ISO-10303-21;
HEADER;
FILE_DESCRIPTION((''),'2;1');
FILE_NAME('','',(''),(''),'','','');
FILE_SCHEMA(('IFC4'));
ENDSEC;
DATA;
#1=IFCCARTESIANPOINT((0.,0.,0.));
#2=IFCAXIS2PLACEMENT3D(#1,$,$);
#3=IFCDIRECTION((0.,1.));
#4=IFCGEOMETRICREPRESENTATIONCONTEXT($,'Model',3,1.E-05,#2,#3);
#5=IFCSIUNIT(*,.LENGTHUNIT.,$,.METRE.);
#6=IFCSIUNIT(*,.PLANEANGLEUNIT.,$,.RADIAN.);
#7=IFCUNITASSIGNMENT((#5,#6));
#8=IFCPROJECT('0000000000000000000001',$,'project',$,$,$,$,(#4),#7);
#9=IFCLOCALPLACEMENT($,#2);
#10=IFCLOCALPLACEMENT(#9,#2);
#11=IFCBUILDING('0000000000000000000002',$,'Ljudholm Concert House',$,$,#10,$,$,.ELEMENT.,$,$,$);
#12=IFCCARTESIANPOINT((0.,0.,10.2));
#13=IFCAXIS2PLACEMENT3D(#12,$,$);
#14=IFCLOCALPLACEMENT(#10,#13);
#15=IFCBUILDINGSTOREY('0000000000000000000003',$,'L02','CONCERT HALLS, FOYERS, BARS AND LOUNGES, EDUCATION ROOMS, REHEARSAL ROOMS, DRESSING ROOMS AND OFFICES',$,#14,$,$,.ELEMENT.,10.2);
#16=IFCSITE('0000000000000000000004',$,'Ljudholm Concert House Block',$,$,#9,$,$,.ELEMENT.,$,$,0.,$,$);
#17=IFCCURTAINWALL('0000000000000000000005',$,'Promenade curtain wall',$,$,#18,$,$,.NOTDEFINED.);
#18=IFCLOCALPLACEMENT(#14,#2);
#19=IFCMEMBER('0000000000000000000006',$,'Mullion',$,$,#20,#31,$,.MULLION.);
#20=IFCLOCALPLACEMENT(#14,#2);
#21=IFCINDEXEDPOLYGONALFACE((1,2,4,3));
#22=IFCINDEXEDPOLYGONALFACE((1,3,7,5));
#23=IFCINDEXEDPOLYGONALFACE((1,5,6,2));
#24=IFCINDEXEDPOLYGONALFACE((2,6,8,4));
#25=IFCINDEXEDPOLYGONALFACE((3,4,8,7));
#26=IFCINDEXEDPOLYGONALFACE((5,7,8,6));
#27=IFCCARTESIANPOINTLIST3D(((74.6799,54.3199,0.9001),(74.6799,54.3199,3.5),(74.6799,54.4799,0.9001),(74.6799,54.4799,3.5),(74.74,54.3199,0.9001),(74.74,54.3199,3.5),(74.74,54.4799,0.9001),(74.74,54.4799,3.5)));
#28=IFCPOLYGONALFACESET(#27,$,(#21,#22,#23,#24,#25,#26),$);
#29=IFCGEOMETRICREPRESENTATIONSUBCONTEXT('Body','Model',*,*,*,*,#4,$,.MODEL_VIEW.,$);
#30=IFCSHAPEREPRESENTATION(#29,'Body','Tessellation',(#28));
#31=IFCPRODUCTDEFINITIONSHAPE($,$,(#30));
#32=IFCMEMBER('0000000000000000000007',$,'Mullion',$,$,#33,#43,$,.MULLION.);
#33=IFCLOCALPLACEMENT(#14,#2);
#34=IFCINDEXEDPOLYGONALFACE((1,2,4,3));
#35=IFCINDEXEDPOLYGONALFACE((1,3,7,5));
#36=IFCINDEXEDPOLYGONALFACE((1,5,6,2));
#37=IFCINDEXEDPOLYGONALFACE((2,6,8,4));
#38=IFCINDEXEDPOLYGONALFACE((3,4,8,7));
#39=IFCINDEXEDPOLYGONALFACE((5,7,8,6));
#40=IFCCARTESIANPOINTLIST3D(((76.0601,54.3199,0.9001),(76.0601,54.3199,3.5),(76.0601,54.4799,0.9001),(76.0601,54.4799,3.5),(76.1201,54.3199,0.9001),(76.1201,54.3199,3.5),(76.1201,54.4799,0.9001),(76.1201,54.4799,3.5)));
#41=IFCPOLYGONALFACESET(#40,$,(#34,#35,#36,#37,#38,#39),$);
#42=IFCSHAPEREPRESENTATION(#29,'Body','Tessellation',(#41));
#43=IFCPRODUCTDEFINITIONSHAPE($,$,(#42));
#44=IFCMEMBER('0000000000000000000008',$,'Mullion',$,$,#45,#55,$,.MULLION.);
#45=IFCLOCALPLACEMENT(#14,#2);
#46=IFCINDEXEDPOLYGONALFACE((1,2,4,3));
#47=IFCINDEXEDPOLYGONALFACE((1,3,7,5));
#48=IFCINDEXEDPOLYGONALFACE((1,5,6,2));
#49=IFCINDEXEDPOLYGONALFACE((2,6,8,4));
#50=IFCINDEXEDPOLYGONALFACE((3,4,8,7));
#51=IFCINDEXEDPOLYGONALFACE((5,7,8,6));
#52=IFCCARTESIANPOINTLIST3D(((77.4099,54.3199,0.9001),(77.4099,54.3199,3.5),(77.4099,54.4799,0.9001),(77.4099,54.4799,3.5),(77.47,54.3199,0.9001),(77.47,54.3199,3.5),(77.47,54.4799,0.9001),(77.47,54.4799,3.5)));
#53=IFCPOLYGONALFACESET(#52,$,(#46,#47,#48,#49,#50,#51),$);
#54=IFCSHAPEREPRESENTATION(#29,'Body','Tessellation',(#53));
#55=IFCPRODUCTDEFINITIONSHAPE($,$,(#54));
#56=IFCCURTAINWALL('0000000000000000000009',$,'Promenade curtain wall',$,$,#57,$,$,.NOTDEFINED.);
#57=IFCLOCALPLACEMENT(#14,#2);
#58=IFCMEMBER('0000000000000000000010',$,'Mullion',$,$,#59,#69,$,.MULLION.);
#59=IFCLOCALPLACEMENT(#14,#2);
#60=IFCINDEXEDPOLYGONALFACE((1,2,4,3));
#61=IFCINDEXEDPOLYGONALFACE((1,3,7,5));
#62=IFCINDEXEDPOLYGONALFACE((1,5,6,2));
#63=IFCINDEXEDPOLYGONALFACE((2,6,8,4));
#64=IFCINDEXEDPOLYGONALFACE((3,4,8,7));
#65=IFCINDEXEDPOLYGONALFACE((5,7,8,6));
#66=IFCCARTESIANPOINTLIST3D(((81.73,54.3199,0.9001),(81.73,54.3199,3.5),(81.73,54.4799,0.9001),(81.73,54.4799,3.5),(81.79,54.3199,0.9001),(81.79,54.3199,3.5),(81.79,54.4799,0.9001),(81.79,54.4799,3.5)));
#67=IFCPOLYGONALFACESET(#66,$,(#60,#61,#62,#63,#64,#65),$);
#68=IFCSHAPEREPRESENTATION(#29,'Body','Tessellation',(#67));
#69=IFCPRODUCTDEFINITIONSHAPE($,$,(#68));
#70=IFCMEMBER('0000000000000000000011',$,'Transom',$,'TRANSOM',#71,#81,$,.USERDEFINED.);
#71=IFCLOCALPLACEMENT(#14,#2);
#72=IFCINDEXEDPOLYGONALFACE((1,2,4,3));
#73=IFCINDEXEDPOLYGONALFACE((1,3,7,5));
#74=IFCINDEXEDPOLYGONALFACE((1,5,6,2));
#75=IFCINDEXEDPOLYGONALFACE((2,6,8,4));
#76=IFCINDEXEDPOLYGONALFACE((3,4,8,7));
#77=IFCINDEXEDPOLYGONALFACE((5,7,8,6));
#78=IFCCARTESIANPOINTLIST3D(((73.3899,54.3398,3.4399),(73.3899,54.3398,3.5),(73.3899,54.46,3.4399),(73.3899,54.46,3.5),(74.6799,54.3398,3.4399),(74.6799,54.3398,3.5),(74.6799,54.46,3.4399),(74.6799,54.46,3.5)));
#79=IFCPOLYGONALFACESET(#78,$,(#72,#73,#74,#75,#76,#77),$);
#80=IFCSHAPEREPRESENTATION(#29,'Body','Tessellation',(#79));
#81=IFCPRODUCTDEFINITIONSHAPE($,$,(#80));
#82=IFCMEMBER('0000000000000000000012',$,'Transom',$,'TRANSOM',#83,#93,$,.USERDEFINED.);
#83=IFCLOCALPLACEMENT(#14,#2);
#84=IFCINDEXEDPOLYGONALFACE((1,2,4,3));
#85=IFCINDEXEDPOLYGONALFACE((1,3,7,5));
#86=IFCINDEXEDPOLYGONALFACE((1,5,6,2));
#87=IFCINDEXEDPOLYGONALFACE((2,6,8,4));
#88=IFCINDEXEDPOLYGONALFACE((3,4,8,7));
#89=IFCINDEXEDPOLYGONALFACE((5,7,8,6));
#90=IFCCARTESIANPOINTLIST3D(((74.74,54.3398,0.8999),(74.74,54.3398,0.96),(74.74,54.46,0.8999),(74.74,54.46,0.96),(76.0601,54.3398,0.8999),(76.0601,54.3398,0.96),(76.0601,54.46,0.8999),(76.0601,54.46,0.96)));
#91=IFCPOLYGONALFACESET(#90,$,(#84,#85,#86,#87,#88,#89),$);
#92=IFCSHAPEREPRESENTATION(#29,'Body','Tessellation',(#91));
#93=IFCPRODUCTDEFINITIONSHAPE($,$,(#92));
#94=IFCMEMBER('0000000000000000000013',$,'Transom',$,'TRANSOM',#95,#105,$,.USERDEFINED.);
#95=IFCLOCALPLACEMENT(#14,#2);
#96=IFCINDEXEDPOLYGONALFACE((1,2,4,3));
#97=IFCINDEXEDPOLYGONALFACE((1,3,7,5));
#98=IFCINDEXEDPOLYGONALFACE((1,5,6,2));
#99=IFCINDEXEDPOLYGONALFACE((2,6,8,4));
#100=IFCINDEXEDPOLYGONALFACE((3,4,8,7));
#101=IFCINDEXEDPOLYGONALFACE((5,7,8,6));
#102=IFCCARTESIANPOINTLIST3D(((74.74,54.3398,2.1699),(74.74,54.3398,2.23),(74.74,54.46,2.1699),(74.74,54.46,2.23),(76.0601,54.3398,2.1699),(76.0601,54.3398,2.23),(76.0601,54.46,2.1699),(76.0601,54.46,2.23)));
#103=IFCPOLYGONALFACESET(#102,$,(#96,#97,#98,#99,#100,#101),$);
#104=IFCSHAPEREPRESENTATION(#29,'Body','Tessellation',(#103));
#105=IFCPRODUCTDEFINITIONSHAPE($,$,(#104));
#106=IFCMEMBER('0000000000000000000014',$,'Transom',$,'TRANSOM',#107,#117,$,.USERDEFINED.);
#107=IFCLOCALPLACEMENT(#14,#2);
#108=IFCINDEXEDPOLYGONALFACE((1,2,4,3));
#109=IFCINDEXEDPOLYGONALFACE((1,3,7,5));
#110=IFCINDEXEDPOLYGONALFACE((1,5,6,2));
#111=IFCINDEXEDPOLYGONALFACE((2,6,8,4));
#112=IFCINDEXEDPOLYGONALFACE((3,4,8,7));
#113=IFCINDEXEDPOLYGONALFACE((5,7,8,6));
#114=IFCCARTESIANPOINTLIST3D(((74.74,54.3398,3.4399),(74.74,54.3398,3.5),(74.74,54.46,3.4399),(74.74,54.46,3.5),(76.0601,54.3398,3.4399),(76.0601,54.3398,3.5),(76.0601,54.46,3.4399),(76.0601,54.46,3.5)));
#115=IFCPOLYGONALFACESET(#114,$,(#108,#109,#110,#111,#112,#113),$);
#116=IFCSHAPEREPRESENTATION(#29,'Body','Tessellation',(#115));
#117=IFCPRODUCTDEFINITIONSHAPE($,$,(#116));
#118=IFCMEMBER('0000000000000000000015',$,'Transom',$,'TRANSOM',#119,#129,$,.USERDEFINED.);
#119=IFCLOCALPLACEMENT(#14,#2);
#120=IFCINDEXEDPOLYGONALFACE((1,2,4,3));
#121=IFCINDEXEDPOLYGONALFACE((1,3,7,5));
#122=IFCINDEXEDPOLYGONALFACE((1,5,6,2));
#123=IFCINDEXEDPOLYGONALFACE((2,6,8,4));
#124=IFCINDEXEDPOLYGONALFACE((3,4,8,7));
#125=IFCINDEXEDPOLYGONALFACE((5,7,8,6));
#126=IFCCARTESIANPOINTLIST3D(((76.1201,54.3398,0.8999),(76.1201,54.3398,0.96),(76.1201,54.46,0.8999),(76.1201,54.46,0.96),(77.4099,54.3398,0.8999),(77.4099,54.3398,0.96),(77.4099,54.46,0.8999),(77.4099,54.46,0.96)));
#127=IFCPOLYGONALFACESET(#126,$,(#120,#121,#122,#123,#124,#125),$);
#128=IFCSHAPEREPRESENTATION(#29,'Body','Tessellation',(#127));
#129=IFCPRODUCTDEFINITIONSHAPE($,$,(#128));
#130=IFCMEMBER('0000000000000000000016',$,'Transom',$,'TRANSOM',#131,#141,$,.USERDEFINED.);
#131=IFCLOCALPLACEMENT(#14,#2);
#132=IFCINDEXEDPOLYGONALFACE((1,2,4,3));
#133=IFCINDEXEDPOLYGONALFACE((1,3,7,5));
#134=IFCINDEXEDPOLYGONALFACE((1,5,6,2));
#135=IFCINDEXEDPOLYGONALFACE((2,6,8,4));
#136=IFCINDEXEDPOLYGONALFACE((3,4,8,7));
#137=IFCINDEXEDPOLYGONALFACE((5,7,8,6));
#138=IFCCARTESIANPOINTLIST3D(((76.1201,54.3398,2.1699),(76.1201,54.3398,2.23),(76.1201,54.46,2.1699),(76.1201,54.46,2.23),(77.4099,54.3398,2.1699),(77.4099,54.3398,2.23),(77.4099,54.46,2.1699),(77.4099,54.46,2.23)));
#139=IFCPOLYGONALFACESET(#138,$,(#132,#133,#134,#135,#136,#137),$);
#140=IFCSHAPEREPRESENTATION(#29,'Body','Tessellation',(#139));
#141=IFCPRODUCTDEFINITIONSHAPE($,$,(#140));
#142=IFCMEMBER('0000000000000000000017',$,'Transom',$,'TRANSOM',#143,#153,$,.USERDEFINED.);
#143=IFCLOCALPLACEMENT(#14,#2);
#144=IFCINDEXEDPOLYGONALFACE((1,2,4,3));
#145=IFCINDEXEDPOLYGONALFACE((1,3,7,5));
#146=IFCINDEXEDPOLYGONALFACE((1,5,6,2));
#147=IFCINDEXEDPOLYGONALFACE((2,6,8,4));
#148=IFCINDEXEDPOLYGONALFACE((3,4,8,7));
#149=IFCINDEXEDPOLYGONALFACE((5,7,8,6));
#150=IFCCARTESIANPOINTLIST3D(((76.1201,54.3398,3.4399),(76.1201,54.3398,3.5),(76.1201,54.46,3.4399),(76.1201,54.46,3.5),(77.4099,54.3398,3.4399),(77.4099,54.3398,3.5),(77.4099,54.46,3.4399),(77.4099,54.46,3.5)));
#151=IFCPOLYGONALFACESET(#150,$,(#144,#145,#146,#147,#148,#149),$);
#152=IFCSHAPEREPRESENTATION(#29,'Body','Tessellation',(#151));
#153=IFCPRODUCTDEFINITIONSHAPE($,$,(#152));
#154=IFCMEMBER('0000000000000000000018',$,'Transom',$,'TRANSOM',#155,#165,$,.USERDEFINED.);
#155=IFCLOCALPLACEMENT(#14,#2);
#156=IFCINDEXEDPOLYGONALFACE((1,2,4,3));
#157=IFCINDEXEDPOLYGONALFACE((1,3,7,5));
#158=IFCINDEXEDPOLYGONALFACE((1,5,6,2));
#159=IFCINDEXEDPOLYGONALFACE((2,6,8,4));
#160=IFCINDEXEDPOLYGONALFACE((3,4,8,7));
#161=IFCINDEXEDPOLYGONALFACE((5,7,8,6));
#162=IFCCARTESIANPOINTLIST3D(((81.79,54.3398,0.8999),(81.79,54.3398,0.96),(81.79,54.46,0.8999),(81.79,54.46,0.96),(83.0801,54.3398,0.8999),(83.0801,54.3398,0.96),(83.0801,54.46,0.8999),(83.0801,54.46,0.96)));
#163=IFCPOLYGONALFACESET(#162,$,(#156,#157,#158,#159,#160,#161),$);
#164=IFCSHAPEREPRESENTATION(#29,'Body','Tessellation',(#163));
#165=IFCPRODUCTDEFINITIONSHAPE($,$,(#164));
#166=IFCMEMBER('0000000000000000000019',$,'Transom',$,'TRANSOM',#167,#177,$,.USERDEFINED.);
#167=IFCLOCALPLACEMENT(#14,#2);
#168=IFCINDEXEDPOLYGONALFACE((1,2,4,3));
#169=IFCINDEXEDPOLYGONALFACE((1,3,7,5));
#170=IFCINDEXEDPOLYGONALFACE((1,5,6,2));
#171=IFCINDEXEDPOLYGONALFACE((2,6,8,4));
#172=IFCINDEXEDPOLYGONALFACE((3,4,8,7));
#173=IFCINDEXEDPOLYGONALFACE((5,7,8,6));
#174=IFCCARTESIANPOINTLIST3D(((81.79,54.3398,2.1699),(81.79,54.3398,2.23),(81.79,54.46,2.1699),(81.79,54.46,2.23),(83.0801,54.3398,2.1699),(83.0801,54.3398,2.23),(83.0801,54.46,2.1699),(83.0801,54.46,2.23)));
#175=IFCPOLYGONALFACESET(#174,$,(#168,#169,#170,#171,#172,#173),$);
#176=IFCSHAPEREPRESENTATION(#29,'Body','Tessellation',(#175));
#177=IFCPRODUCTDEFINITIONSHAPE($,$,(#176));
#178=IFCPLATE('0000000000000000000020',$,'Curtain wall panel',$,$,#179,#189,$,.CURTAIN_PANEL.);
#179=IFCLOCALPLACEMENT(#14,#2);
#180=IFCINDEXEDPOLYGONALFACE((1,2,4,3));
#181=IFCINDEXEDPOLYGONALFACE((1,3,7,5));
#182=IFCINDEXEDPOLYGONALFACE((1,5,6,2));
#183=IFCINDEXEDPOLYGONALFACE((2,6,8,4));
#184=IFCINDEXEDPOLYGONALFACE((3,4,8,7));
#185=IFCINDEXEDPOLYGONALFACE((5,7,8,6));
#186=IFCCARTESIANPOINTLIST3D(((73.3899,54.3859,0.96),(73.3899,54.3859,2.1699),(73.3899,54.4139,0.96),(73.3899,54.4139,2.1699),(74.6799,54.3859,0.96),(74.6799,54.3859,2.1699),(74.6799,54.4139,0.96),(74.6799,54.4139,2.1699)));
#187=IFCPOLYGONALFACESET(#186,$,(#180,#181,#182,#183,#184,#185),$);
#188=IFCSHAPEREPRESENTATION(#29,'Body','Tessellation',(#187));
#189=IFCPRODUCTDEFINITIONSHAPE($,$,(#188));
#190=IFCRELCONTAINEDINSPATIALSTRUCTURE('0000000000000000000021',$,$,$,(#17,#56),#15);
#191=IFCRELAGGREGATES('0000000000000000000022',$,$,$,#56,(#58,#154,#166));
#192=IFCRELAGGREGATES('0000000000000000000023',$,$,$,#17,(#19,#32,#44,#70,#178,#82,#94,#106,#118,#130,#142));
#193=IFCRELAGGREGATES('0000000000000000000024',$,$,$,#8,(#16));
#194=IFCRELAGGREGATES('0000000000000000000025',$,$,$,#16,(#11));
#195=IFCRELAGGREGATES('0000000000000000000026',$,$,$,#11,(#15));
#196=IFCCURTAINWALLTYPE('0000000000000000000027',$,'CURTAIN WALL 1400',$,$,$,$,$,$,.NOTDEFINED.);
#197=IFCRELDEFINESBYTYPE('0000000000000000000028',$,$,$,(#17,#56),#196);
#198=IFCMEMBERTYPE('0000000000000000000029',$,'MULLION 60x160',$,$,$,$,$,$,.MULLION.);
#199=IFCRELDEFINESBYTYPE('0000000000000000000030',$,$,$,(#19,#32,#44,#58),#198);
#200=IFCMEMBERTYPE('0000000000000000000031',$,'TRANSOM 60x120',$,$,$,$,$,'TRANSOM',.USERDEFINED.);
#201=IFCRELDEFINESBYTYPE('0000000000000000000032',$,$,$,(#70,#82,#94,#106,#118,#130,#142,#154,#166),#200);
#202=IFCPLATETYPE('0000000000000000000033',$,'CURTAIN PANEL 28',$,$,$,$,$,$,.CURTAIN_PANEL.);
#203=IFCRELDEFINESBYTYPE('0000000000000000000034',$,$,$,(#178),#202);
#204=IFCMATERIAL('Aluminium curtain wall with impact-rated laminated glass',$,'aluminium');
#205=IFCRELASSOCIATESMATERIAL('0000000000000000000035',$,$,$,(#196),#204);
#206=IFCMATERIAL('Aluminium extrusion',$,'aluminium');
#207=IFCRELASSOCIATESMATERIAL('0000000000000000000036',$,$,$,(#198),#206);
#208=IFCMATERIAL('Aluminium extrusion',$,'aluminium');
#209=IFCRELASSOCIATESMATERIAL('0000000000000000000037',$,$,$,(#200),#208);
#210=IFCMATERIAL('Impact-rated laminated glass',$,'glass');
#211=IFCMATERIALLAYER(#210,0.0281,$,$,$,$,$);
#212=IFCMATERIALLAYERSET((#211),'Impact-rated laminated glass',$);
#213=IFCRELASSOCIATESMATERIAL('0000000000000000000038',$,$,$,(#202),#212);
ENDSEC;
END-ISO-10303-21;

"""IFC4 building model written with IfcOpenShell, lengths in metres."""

from ifc_helpers import new_model, si_unit, direction, frame, origin, origin_2d, place, context, subcontext, project, spatial, rectangle, extrude, material, layer, layer_set, material_profile, profile_set, type_object, element, aggregate, save


model = new_model("IFC4")

# Units and contexts
model_context = context("Model", 3, precision=1e-05, world=origin(), true_north=direction((0.0, 1.0)))
body_context = subcontext(model_context, "Body", "Model", "MODEL_VIEW")
ifc_project = project(units=[si_unit("LENGTHUNIT", "METRE"), si_unit("PLANEANGLEUNIT", "RADIAN")], contexts=[model_context])

# Site, building, storey
site_placement = place(None, origin())
site = spatial("IfcSite", under=ifc_project, at=site_placement, Name="Ljudholm Concert House Block", CompositionType="ELEMENT", RefElevation=0.0)
building_placement = place(site_placement, origin())
building = spatial("IfcBuilding", under=site, at=building_placement, Name="Ljudholm Concert House", CompositionType="ELEMENT")
storey_placement = place(building_placement, frame((0.0, 0.0, 10.2)))
storey = spatial("IfcBuildingStorey", under=building, at=storey_placement, Name="L02", Description="CONCERT HALLS, FOYERS, BARS AND LOUNGES, EDUCATION ROOMS, REHEARSAL ROOMS, DRESSING ROOMS AND OFFICES", CompositionType="ELEMENT", Elevation=10.2)

# Curtain wall, members
ifc_material_1 = material(Name="Aluminium curtain wall with impact-rated laminated glass", Category="aluminium")
curtain_wall_type = type_object("IfcCurtainWallType", Name="CURTAIN WALL 1400", PredefinedType="NOTDEFINED", material=ifc_material_1)
curtain_wall_1_placement = place(storey_placement, origin())
curtain_wall_1 = element("IfcCurtainWall", 1, at=curtain_wall_1_placement, inside=storey, type_object=curtain_wall_type, Name="Promenade curtain wall", PredefinedType="NOTDEFINED")
ifc_material_2 = material(Name="Aluminium extrusion", Category="aluminium")
ifc_material_profile_1 = material_profile(ifc_material_2, rectangle(XDim=0.1599, YDim=0.0601, at=origin_2d()), Name="MULLION 60x160")
ifc_profile_set_1 = profile_set([ifc_material_profile_1], Name="Aluminium extrusion")
member_type_1 = type_object("IfcMemberType", Name="MULLION 60x160", PredefinedType="MULLION", material=ifc_profile_set_1)
member_1_placement = place(storey_placement, frame((74.71, 54.3999, 0.9001), z_axis=(0.0, 0.0, 1.0), x_axis=(0.0, 1.0, 0.0)))
member_1 = element("IfcMember", 2, at=member_1_placement, type_object=member_type_1, Name="Mullion", PredefinedType="MULLION", context=body_context, shape_type="SweptSolid", body=[
    extrude(rectangle(XDim=0.1599, YDim=0.0601, at=origin_2d()), origin(), (0.0, 0.0, 1.0), 2.5999),
])
member_2_placement = place(storey_placement, frame((76.0901, 54.3999, 0.9001), z_axis=(0.0, 0.0, 1.0), x_axis=(0.0, 1.0, 0.0)))
member_2 = element("IfcMember", 3, at=member_2_placement, type_object=member_type_1, Name="Mullion", PredefinedType="MULLION", context=body_context, shape_type="SweptSolid", body=[
    extrude(rectangle(XDim=0.1599, YDim=0.0601, at=origin_2d()), origin(), (0.0, 0.0, 1.0), 2.5999),
])
member_3_placement = place(storey_placement, frame((77.4399, 54.3999, 0.9001), z_axis=(0.0, 0.0, 1.0), x_axis=(0.0, 1.0, 0.0)))
member_3 = element("IfcMember", 4, at=member_3_placement, type_object=member_type_1, Name="Mullion", PredefinedType="MULLION", context=body_context, shape_type="SweptSolid", body=[
    extrude(rectangle(XDim=0.1599, YDim=0.0601, at=origin_2d()), origin(), (0.0, 0.0, 1.0), 2.5999),
])

# Curtain wall, member
curtain_wall_2_placement = place(storey_placement, origin())
curtain_wall_2 = element("IfcCurtainWall", 5, at=curtain_wall_2_placement, inside=storey, type_object=curtain_wall_type, Name="Promenade curtain wall", PredefinedType="NOTDEFINED")
member_4_placement = place(storey_placement, frame((81.76, 54.3999, 0.9001), z_axis=(0.0, 0.0, 1.0), x_axis=(0.0, 1.0, 0.0)))
member_4 = element("IfcMember", 6, at=member_4_placement, type_object=member_type_1, Name="Mullion", PredefinedType="MULLION", context=body_context, shape_type="SweptSolid", body=[
    extrude(rectangle(XDim=0.1599, YDim=0.0601, at=origin_2d()), origin(), (0.0, 0.0, 1.0), 2.5999),
])

# Members
ifc_material_3 = material(Name="Aluminium extrusion", Category="aluminium")
ifc_material_profile_2 = material_profile(ifc_material_3, rectangle(XDim=0.1201, YDim=0.0601, at=origin_2d()), Name="TRANSOM 60x120")
ifc_profile_set_2 = profile_set([ifc_material_profile_2], Name="Aluminium extrusion")
member_type_2 = type_object("IfcMemberType", Name="TRANSOM 60x120", ElementType="TRANSOM", PredefinedType="USERDEFINED", material=ifc_profile_set_2)
member_5_placement = place(storey_placement, frame((73.3899, 54.3999, 3.47), z_axis=(1.0, 0.0, 0.0), x_axis=(0.0, 1.0, 0.0)))
member_5 = element("IfcMember", 7, at=member_5_placement, type_object=member_type_2, Name="Transom", ObjectType="TRANSOM", PredefinedType="USERDEFINED", context=body_context, shape_type="SweptSolid", body=[
    extrude(rectangle(XDim=0.1201, YDim=0.0601, at=origin_2d()), origin(), (0.0, 0.0, 1.0), 1.29),
])
member_6_placement = place(storey_placement, frame((74.74, 54.3999, 0.9299), z_axis=(1.0, 0.0, 0.0), x_axis=(0.0, 1.0, 0.0)))
member_6 = element("IfcMember", 8, at=member_6_placement, type_object=member_type_2, Name="Transom", ObjectType="TRANSOM", PredefinedType="USERDEFINED", context=body_context, shape_type="SweptSolid", body=[
    extrude(rectangle(XDim=0.1201, YDim=0.0601, at=origin_2d()), origin(), (0.0, 0.0, 1.0), 1.3201),
])
member_7_placement = place(storey_placement, frame((74.74, 54.3999, 2.2), z_axis=(1.0, 0.0, 0.0), x_axis=(0.0, 1.0, 0.0)))
member_7 = element("IfcMember", 9, at=member_7_placement, type_object=member_type_2, Name="Transom", ObjectType="TRANSOM", PredefinedType="USERDEFINED", context=body_context, shape_type="SweptSolid", body=[
    extrude(rectangle(XDim=0.1201, YDim=0.0601, at=origin_2d()), origin(), (0.0, 0.0, 1.0), 1.3201),
])
member_8_placement = place(storey_placement, frame((74.74, 54.3999, 3.47), z_axis=(1.0, 0.0, 0.0), x_axis=(0.0, 1.0, 0.0)))
member_8 = element("IfcMember", 10, at=member_8_placement, type_object=member_type_2, Name="Transom", ObjectType="TRANSOM", PredefinedType="USERDEFINED", context=body_context, shape_type="SweptSolid", body=[
    extrude(rectangle(XDim=0.1201, YDim=0.0601, at=origin_2d()), origin(), (0.0, 0.0, 1.0), 1.3201),
])
member_9_placement = place(storey_placement, frame((76.1201, 54.3999, 0.9299), z_axis=(1.0, 0.0, 0.0), x_axis=(0.0, 1.0, 0.0)))
member_9 = element("IfcMember", 11, at=member_9_placement, type_object=member_type_2, Name="Transom", ObjectType="TRANSOM", PredefinedType="USERDEFINED", context=body_context, shape_type="SweptSolid", body=[
    extrude(rectangle(XDim=0.1201, YDim=0.0601, at=origin_2d()), origin(), (0.0, 0.0, 1.0), 1.2898),
])
member_10_placement = place(storey_placement, frame((76.1201, 54.3999, 2.2), z_axis=(1.0, 0.0, 0.0), x_axis=(0.0, 1.0, 0.0)))
member_10 = element("IfcMember", 12, at=member_10_placement, type_object=member_type_2, Name="Transom", ObjectType="TRANSOM", PredefinedType="USERDEFINED", context=body_context, shape_type="SweptSolid", body=[
    extrude(rectangle(XDim=0.1201, YDim=0.0601, at=origin_2d()), origin(), (0.0, 0.0, 1.0), 1.2898),
])
member_11_placement = place(storey_placement, frame((76.1201, 54.3999, 3.47), z_axis=(1.0, 0.0, 0.0), x_axis=(0.0, 1.0, 0.0)))
member_11 = element("IfcMember", 13, at=member_11_placement, type_object=member_type_2, Name="Transom", ObjectType="TRANSOM", PredefinedType="USERDEFINED", context=body_context, shape_type="SweptSolid", body=[
    extrude(rectangle(XDim=0.1201, YDim=0.0601, at=origin_2d()), origin(), (0.0, 0.0, 1.0), 1.2898),
])
member_12_placement = place(storey_placement, frame((81.79, 54.3999, 0.9299), z_axis=(1.0, 0.0, 0.0), x_axis=(0.0, 1.0, 0.0)))
member_12 = element("IfcMember", 14, at=member_12_placement, type_object=member_type_2, Name="Transom", ObjectType="TRANSOM", PredefinedType="USERDEFINED", context=body_context, shape_type="SweptSolid", body=[
    extrude(rectangle(XDim=0.1201, YDim=0.0601, at=origin_2d()), origin(), (0.0, 0.0, 1.0), 1.29),
])
member_13_placement = place(storey_placement, frame((81.79, 54.3999, 2.2), z_axis=(1.0, 0.0, 0.0), x_axis=(0.0, 1.0, 0.0)))
member_13 = element("IfcMember", 15, at=member_13_placement, type_object=member_type_2, Name="Transom", ObjectType="TRANSOM", PredefinedType="USERDEFINED", context=body_context, shape_type="SweptSolid", body=[
    extrude(rectangle(XDim=0.1201, YDim=0.0601, at=origin_2d()), origin(), (0.0, 0.0, 1.0), 1.29),
])
aggregate(curtain_wall_2, [member_4, member_12, member_13])

# Plate
ifc_material_4 = material(Name="Impact-rated laminated glass", Category="glass")
ifc_layer_1 = layer(ifc_material_4, 0.0281)
ifc_layer_set_1 = layer_set([ifc_layer_1], Name="Impact-rated laminated glass")
plate_type = type_object("IfcPlateType", Name="CURTAIN PANEL 28", PredefinedType="CURTAIN_PANEL", material=ifc_layer_set_1)
plate_1_placement = place(storey_placement, frame((74.0349, 54.3999, 0.96), z_axis=(0.0, 0.0, 1.0), x_axis=(1.0, 0.0, 0.0)))
plate_1 = element("IfcPlate", 16, at=plate_1_placement, type_object=plate_type, Name="Curtain wall panel", PredefinedType="CURTAIN_PANEL", context=body_context, shape_type="SweptSolid", body=[
    extrude(rectangle(XDim=1.29, YDim=0.0281, at=origin_2d()), origin(), (0.0, 0.0, 1.0), 1.21),
])
aggregate(curtain_wall_1, [member_1, member_2, member_3, member_5, plate_1, member_6, member_7, member_8, member_9, member_10, member_11])

save(model, "model.ifc")
